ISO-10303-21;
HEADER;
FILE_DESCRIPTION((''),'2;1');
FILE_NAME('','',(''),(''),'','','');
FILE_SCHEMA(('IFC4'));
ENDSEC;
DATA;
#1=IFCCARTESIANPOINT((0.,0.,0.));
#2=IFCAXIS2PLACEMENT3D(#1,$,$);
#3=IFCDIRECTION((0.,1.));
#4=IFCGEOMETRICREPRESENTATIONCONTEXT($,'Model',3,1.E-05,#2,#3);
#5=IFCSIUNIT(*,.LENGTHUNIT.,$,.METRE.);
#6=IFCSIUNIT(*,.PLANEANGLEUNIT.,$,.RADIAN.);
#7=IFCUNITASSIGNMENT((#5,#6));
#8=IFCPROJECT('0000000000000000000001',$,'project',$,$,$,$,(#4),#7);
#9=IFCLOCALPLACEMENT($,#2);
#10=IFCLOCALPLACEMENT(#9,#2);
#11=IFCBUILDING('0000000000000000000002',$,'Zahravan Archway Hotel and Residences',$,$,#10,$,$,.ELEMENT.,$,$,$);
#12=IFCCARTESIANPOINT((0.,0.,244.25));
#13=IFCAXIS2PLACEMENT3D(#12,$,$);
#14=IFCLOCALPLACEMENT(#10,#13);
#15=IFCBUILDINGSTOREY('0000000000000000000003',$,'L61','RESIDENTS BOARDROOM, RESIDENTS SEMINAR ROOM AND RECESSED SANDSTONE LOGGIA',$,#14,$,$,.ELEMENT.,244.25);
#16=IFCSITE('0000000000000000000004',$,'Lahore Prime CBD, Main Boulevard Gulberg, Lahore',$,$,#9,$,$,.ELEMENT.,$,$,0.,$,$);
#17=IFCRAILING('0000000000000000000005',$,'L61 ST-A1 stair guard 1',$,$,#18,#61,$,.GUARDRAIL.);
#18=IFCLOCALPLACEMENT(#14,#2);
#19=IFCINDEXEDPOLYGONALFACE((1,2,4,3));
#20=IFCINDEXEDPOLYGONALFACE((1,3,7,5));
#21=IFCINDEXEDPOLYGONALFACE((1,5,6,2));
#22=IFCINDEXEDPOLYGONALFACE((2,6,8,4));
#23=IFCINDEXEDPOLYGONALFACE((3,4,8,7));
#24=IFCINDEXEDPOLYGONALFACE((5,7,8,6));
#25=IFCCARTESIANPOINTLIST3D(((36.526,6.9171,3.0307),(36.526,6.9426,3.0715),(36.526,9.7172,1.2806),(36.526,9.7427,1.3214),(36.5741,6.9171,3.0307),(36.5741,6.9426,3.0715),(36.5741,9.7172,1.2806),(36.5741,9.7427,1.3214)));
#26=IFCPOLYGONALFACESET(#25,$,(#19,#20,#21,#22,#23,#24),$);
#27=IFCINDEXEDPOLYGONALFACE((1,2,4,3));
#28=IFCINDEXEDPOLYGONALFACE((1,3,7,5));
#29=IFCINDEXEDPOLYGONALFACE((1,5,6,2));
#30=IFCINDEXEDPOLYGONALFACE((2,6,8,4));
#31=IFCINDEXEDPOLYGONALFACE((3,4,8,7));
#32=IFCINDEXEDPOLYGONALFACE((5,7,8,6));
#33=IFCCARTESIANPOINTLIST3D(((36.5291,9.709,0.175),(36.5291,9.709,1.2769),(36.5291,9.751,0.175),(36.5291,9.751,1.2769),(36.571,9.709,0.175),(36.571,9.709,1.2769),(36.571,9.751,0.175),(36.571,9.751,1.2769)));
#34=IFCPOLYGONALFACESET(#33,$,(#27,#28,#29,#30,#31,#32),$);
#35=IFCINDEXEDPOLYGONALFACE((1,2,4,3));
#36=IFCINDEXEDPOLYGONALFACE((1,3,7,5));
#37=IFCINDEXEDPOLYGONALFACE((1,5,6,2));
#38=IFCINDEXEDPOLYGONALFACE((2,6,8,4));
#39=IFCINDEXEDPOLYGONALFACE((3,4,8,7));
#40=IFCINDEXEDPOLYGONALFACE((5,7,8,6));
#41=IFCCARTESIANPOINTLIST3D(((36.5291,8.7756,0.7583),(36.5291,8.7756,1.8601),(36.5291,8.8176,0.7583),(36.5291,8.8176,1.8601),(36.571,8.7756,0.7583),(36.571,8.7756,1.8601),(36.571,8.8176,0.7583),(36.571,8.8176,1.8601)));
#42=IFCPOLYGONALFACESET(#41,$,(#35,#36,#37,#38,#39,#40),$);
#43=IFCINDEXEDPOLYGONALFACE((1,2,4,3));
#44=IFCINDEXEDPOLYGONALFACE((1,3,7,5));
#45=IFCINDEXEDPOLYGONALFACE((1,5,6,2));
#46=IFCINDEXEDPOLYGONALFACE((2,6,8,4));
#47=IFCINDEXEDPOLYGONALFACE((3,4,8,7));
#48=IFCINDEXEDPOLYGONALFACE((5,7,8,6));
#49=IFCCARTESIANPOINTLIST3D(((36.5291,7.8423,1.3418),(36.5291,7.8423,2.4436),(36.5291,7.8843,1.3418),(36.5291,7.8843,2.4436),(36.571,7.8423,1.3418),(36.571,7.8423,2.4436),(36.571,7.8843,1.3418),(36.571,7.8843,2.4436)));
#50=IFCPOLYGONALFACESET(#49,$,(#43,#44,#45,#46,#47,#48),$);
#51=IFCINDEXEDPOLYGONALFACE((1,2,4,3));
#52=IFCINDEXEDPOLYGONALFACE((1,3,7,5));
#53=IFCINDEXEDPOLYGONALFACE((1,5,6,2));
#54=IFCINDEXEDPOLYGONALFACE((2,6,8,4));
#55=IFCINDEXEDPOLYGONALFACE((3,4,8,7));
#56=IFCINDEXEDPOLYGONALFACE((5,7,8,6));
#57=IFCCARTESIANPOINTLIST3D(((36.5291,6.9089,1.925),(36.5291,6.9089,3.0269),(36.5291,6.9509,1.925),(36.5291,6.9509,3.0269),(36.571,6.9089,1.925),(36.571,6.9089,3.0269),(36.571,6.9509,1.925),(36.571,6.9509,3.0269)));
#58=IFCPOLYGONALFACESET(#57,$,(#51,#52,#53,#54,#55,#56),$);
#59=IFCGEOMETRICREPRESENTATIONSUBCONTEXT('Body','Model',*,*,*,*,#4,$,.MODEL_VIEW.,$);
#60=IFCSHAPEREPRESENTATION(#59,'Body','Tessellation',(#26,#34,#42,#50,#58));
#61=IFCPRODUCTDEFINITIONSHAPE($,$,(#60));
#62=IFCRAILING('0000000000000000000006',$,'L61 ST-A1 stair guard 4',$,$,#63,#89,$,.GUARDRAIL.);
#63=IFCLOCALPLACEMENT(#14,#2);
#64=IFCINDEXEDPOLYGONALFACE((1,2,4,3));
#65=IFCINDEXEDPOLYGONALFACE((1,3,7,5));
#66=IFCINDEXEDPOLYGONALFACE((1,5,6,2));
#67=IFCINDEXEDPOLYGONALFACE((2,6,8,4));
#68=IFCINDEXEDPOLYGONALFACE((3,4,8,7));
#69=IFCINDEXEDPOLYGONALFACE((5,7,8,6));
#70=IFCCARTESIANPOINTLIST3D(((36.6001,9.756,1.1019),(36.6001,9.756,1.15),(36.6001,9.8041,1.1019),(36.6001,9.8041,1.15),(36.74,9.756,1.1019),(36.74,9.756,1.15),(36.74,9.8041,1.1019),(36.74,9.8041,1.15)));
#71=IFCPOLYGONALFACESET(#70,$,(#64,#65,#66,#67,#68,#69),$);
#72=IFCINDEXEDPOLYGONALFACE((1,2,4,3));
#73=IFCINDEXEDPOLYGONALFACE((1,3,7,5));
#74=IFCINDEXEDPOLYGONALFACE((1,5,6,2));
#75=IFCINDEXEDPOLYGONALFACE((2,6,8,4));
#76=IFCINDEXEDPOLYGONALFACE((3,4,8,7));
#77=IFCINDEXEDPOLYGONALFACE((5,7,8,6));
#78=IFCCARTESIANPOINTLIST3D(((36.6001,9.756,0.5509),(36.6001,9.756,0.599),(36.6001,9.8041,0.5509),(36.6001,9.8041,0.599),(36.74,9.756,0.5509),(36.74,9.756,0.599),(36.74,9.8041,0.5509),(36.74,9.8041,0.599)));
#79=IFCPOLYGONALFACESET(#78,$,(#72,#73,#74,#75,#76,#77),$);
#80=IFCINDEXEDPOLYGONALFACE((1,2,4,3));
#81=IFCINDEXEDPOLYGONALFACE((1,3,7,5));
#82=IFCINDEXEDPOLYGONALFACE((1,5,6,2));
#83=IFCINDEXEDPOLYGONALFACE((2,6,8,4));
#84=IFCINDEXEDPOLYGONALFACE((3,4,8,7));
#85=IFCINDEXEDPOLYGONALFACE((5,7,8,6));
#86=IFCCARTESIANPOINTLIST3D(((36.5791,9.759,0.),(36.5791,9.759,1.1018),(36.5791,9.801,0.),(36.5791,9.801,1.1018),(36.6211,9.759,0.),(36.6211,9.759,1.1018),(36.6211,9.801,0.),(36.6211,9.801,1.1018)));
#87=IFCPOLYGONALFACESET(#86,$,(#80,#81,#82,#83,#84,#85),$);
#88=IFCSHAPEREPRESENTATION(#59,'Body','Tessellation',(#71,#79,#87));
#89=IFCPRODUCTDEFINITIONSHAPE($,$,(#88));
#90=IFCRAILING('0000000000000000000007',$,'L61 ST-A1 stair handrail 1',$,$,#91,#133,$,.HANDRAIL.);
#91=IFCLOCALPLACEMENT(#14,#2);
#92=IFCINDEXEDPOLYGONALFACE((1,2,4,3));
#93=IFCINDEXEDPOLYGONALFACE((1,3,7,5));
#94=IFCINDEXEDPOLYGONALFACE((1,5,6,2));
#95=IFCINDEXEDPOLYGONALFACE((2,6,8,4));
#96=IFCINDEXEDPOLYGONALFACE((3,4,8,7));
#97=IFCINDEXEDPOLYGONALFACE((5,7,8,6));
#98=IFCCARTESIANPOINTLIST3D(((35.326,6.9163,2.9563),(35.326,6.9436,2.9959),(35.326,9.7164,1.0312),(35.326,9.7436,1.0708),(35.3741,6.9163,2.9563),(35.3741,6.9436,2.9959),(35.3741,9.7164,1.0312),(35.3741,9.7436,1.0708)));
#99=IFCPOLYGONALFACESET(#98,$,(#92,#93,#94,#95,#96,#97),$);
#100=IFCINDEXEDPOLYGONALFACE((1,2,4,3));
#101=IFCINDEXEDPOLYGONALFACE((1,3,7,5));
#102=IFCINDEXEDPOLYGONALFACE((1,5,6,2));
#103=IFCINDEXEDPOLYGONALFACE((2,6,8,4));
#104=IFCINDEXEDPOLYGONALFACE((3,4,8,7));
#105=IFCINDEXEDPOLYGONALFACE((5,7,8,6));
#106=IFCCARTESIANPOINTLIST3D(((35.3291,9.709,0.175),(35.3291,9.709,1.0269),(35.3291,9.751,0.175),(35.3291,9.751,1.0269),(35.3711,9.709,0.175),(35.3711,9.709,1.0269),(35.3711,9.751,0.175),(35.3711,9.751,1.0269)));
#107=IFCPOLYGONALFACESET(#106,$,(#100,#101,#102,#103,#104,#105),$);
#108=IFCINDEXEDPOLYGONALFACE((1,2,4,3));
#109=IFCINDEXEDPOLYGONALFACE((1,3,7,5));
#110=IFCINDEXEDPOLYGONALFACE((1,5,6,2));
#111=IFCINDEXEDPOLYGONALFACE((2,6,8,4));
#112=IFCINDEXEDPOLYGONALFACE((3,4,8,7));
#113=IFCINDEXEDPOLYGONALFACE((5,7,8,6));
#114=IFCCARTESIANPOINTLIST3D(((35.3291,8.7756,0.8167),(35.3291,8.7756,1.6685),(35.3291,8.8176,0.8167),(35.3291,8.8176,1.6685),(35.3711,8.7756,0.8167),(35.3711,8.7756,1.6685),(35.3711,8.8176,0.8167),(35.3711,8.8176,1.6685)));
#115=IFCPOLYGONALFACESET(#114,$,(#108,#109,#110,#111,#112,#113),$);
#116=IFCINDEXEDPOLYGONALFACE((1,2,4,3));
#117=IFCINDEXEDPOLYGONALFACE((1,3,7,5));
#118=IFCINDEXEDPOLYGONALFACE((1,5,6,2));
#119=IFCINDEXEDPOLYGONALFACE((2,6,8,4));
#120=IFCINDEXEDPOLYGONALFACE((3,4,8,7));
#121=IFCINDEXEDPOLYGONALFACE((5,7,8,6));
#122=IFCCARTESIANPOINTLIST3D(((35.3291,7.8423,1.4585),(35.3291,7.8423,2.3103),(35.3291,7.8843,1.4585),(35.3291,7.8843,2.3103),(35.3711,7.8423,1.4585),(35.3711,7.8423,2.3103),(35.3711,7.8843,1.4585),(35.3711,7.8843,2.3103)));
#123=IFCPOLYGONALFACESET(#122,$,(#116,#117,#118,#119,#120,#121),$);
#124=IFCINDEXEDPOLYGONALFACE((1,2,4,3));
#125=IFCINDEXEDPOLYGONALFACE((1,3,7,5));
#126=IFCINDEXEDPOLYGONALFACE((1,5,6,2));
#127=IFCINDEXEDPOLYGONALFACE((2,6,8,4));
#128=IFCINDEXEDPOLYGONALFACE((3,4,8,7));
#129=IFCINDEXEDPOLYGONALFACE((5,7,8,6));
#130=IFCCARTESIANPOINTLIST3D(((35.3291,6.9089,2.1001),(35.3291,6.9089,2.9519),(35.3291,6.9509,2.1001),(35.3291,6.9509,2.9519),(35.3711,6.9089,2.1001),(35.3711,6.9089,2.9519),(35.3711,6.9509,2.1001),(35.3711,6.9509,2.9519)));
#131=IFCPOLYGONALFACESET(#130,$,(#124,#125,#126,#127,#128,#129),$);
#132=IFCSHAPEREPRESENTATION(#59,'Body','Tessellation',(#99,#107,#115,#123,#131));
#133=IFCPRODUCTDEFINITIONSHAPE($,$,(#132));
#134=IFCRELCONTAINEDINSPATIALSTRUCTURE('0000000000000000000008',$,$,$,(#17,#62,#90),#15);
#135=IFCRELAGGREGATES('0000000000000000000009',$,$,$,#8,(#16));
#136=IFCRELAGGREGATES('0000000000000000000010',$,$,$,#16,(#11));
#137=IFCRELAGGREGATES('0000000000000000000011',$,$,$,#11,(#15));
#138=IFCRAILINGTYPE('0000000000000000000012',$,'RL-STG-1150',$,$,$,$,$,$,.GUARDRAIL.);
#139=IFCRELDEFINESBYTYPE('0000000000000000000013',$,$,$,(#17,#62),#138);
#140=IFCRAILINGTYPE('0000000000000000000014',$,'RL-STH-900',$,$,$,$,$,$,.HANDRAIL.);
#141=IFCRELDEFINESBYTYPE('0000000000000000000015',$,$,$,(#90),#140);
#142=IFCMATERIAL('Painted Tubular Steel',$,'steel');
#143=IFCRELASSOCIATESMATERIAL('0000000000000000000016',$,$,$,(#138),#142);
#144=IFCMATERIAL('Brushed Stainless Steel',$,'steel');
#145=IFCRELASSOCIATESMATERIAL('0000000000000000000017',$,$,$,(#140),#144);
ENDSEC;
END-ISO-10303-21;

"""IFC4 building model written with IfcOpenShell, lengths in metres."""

from ifc_helpers import new_model, si_unit, direction, frame, origin, origin_2d, place, context, subcontext, project, spatial, rectangle, extrude, material, type_object, element, save


model = new_model("IFC4")

# Units and contexts
model_context = context("Model", 3, precision=1e-05, world=origin(), true_north=direction((0.0, 1.0)))
body_context = subcontext(model_context, "Body", "Model", "MODEL_VIEW")
ifc_project = project(units=[si_unit("LENGTHUNIT", "METRE"), si_unit("PLANEANGLEUNIT", "RADIAN")], contexts=[model_context])

# Site, building, storey
site_placement = place(None, origin())
site = spatial("IfcSite", under=ifc_project, at=site_placement, Name="Lahore Prime CBD, Main Boulevard Gulberg, Lahore", CompositionType="ELEMENT", RefElevation=0.0)
building_placement = place(site_placement, origin())
building = spatial("IfcBuilding", under=site, at=building_placement, Name="Zahravan Archway Hotel and Residences", CompositionType="ELEMENT")
storey_placement = place(building_placement, frame((0.0, 0.0, 244.25)))
storey = spatial("IfcBuildingStorey", under=building, at=storey_placement, Name="L61", Description="RESIDENTS BOARDROOM, RESIDENTS SEMINAR ROOM AND RECESSED SANDSTONE LOGGIA", CompositionType="ELEMENT", Elevation=244.25)

# Shared definitions
ifc_material_1 = material(Name="Brushed Stainless Steel", Category="steel")

# Railings
ifc_material_2 = material(Name="Painted Tubular Steel", Category="steel")
railing_type_1 = type_object("IfcRailingType", Name="RL-STG-1150", PredefinedType="GUARDRAIL", material=ifc_material_2)
railing_1_placement = place(storey_placement, frame((36.55, 9.73, 0.175)))
element("IfcRailing", 1, at=railing_1_placement, inside=storey, type_object=railing_type_1, Name="L61 ST-A1 stair guard 1", PredefinedType="GUARDRAIL", context=body_context, shape_type="SweptSolid", body=[
    extrude(rectangle(XDim=0.0481, YDim=0.0481, at=origin_2d()), frame((0.0, 0.0, 1.126), z_axis=(0.0, -0.848002, 0.529992), x_axis=(1.0, 0.0, 0.0)), (0.0, 0.0, 1.0), 3.302),
    extrude(rectangle(XDim=0.042, YDim=0.042, at=origin_2d()), origin(), (0.0, 0.0, 1.0), 1.1018),
    extrude(rectangle(XDim=0.042, YDim=0.042, at=origin_2d()), frame((0.0, -0.9333, 0.5833)), (0.0, 0.0, 1.0), 1.1018),
    extrude(rectangle(XDim=0.042, YDim=0.042, at=origin_2d()), frame((0.0, -1.8667, 1.1667)), (0.0, 0.0, 1.0), 1.1018),
    extrude(rectangle(XDim=0.042, YDim=0.042, at=origin_2d()), frame((0.0, -2.8, 1.75)), (0.0, 0.0, 1.0), 1.1018),
])
railing_2_placement = place(storey_placement, frame((36.6001, 9.78, 0.0)))
element("IfcRailing", 2, at=railing_2_placement, inside=storey, type_object=railing_type_1, Name="L61 ST-A1 stair guard 4", PredefinedType="GUARDRAIL", context=body_context, shape_type="SweptSolid", body=[
    extrude(rectangle(XDim=0.0481, YDim=0.0481, at=origin_2d()), frame((0.0, 0.0, 1.126), z_axis=(1.0, 0.0, 0.0), x_axis=(0.0, 1.0, 0.0)), (0.0, 0.0, 1.0), 0.1399),
    extrude(rectangle(XDim=0.0481, YDim=0.0481, at=origin_2d()), frame((0.0, 0.0, 0.575), z_axis=(1.0, 0.0, 0.0), x_axis=(0.0, 1.0, 0.0)), (0.0, 0.0, 1.0), 0.1399),
    extrude(rectangle(XDim=0.042, YDim=0.042, at=origin_2d()), origin(), (0.0, 0.0, 1.0), 1.1018),
])
railing_type_2 = type_object("IfcRailingType", Name="RL-STH-900", PredefinedType="HANDRAIL", material=ifc_material_1)
railing_3_placement = place(storey_placement, frame((35.3501, 9.73, 0.175)))
element("IfcRailing", 3, at=railing_3_placement, inside=storey, type_object=railing_type_2, Name="L61 ST-A1 stair handrail 1", PredefinedType="HANDRAIL", context=body_context, shape_type="SweptSolid", body=[
    extrude(rectangle(XDim=0.0481, YDim=0.0481, at=origin_2d()), frame((0.0, 0.0, 0.876), z_axis=(0.0, -0.82404, 0.566532), x_axis=(1.0, 0.0, 0.0)), (0.0, 0.0, 1.0), 3.3979),
    extrude(rectangle(XDim=0.042, YDim=0.042, at=origin_2d()), origin(), (0.0, 0.0, 1.0), 0.8518),
    extrude(rectangle(XDim=0.042, YDim=0.042, at=origin_2d()), frame((0.0, -0.9333, 0.6416)), (0.0, 0.0, 1.0), 0.8518),
    extrude(rectangle(XDim=0.042, YDim=0.042, at=origin_2d()), frame((0.0, -1.8667, 1.2834)), (0.0, 0.0, 1.0), 0.8518),
    extrude(rectangle(XDim=0.042, YDim=0.042, at=origin_2d()), frame((0.0, -2.8, 1.925)), (0.0, 0.0, 1.0), 0.8518),
])

save(model, "model.ifc")
